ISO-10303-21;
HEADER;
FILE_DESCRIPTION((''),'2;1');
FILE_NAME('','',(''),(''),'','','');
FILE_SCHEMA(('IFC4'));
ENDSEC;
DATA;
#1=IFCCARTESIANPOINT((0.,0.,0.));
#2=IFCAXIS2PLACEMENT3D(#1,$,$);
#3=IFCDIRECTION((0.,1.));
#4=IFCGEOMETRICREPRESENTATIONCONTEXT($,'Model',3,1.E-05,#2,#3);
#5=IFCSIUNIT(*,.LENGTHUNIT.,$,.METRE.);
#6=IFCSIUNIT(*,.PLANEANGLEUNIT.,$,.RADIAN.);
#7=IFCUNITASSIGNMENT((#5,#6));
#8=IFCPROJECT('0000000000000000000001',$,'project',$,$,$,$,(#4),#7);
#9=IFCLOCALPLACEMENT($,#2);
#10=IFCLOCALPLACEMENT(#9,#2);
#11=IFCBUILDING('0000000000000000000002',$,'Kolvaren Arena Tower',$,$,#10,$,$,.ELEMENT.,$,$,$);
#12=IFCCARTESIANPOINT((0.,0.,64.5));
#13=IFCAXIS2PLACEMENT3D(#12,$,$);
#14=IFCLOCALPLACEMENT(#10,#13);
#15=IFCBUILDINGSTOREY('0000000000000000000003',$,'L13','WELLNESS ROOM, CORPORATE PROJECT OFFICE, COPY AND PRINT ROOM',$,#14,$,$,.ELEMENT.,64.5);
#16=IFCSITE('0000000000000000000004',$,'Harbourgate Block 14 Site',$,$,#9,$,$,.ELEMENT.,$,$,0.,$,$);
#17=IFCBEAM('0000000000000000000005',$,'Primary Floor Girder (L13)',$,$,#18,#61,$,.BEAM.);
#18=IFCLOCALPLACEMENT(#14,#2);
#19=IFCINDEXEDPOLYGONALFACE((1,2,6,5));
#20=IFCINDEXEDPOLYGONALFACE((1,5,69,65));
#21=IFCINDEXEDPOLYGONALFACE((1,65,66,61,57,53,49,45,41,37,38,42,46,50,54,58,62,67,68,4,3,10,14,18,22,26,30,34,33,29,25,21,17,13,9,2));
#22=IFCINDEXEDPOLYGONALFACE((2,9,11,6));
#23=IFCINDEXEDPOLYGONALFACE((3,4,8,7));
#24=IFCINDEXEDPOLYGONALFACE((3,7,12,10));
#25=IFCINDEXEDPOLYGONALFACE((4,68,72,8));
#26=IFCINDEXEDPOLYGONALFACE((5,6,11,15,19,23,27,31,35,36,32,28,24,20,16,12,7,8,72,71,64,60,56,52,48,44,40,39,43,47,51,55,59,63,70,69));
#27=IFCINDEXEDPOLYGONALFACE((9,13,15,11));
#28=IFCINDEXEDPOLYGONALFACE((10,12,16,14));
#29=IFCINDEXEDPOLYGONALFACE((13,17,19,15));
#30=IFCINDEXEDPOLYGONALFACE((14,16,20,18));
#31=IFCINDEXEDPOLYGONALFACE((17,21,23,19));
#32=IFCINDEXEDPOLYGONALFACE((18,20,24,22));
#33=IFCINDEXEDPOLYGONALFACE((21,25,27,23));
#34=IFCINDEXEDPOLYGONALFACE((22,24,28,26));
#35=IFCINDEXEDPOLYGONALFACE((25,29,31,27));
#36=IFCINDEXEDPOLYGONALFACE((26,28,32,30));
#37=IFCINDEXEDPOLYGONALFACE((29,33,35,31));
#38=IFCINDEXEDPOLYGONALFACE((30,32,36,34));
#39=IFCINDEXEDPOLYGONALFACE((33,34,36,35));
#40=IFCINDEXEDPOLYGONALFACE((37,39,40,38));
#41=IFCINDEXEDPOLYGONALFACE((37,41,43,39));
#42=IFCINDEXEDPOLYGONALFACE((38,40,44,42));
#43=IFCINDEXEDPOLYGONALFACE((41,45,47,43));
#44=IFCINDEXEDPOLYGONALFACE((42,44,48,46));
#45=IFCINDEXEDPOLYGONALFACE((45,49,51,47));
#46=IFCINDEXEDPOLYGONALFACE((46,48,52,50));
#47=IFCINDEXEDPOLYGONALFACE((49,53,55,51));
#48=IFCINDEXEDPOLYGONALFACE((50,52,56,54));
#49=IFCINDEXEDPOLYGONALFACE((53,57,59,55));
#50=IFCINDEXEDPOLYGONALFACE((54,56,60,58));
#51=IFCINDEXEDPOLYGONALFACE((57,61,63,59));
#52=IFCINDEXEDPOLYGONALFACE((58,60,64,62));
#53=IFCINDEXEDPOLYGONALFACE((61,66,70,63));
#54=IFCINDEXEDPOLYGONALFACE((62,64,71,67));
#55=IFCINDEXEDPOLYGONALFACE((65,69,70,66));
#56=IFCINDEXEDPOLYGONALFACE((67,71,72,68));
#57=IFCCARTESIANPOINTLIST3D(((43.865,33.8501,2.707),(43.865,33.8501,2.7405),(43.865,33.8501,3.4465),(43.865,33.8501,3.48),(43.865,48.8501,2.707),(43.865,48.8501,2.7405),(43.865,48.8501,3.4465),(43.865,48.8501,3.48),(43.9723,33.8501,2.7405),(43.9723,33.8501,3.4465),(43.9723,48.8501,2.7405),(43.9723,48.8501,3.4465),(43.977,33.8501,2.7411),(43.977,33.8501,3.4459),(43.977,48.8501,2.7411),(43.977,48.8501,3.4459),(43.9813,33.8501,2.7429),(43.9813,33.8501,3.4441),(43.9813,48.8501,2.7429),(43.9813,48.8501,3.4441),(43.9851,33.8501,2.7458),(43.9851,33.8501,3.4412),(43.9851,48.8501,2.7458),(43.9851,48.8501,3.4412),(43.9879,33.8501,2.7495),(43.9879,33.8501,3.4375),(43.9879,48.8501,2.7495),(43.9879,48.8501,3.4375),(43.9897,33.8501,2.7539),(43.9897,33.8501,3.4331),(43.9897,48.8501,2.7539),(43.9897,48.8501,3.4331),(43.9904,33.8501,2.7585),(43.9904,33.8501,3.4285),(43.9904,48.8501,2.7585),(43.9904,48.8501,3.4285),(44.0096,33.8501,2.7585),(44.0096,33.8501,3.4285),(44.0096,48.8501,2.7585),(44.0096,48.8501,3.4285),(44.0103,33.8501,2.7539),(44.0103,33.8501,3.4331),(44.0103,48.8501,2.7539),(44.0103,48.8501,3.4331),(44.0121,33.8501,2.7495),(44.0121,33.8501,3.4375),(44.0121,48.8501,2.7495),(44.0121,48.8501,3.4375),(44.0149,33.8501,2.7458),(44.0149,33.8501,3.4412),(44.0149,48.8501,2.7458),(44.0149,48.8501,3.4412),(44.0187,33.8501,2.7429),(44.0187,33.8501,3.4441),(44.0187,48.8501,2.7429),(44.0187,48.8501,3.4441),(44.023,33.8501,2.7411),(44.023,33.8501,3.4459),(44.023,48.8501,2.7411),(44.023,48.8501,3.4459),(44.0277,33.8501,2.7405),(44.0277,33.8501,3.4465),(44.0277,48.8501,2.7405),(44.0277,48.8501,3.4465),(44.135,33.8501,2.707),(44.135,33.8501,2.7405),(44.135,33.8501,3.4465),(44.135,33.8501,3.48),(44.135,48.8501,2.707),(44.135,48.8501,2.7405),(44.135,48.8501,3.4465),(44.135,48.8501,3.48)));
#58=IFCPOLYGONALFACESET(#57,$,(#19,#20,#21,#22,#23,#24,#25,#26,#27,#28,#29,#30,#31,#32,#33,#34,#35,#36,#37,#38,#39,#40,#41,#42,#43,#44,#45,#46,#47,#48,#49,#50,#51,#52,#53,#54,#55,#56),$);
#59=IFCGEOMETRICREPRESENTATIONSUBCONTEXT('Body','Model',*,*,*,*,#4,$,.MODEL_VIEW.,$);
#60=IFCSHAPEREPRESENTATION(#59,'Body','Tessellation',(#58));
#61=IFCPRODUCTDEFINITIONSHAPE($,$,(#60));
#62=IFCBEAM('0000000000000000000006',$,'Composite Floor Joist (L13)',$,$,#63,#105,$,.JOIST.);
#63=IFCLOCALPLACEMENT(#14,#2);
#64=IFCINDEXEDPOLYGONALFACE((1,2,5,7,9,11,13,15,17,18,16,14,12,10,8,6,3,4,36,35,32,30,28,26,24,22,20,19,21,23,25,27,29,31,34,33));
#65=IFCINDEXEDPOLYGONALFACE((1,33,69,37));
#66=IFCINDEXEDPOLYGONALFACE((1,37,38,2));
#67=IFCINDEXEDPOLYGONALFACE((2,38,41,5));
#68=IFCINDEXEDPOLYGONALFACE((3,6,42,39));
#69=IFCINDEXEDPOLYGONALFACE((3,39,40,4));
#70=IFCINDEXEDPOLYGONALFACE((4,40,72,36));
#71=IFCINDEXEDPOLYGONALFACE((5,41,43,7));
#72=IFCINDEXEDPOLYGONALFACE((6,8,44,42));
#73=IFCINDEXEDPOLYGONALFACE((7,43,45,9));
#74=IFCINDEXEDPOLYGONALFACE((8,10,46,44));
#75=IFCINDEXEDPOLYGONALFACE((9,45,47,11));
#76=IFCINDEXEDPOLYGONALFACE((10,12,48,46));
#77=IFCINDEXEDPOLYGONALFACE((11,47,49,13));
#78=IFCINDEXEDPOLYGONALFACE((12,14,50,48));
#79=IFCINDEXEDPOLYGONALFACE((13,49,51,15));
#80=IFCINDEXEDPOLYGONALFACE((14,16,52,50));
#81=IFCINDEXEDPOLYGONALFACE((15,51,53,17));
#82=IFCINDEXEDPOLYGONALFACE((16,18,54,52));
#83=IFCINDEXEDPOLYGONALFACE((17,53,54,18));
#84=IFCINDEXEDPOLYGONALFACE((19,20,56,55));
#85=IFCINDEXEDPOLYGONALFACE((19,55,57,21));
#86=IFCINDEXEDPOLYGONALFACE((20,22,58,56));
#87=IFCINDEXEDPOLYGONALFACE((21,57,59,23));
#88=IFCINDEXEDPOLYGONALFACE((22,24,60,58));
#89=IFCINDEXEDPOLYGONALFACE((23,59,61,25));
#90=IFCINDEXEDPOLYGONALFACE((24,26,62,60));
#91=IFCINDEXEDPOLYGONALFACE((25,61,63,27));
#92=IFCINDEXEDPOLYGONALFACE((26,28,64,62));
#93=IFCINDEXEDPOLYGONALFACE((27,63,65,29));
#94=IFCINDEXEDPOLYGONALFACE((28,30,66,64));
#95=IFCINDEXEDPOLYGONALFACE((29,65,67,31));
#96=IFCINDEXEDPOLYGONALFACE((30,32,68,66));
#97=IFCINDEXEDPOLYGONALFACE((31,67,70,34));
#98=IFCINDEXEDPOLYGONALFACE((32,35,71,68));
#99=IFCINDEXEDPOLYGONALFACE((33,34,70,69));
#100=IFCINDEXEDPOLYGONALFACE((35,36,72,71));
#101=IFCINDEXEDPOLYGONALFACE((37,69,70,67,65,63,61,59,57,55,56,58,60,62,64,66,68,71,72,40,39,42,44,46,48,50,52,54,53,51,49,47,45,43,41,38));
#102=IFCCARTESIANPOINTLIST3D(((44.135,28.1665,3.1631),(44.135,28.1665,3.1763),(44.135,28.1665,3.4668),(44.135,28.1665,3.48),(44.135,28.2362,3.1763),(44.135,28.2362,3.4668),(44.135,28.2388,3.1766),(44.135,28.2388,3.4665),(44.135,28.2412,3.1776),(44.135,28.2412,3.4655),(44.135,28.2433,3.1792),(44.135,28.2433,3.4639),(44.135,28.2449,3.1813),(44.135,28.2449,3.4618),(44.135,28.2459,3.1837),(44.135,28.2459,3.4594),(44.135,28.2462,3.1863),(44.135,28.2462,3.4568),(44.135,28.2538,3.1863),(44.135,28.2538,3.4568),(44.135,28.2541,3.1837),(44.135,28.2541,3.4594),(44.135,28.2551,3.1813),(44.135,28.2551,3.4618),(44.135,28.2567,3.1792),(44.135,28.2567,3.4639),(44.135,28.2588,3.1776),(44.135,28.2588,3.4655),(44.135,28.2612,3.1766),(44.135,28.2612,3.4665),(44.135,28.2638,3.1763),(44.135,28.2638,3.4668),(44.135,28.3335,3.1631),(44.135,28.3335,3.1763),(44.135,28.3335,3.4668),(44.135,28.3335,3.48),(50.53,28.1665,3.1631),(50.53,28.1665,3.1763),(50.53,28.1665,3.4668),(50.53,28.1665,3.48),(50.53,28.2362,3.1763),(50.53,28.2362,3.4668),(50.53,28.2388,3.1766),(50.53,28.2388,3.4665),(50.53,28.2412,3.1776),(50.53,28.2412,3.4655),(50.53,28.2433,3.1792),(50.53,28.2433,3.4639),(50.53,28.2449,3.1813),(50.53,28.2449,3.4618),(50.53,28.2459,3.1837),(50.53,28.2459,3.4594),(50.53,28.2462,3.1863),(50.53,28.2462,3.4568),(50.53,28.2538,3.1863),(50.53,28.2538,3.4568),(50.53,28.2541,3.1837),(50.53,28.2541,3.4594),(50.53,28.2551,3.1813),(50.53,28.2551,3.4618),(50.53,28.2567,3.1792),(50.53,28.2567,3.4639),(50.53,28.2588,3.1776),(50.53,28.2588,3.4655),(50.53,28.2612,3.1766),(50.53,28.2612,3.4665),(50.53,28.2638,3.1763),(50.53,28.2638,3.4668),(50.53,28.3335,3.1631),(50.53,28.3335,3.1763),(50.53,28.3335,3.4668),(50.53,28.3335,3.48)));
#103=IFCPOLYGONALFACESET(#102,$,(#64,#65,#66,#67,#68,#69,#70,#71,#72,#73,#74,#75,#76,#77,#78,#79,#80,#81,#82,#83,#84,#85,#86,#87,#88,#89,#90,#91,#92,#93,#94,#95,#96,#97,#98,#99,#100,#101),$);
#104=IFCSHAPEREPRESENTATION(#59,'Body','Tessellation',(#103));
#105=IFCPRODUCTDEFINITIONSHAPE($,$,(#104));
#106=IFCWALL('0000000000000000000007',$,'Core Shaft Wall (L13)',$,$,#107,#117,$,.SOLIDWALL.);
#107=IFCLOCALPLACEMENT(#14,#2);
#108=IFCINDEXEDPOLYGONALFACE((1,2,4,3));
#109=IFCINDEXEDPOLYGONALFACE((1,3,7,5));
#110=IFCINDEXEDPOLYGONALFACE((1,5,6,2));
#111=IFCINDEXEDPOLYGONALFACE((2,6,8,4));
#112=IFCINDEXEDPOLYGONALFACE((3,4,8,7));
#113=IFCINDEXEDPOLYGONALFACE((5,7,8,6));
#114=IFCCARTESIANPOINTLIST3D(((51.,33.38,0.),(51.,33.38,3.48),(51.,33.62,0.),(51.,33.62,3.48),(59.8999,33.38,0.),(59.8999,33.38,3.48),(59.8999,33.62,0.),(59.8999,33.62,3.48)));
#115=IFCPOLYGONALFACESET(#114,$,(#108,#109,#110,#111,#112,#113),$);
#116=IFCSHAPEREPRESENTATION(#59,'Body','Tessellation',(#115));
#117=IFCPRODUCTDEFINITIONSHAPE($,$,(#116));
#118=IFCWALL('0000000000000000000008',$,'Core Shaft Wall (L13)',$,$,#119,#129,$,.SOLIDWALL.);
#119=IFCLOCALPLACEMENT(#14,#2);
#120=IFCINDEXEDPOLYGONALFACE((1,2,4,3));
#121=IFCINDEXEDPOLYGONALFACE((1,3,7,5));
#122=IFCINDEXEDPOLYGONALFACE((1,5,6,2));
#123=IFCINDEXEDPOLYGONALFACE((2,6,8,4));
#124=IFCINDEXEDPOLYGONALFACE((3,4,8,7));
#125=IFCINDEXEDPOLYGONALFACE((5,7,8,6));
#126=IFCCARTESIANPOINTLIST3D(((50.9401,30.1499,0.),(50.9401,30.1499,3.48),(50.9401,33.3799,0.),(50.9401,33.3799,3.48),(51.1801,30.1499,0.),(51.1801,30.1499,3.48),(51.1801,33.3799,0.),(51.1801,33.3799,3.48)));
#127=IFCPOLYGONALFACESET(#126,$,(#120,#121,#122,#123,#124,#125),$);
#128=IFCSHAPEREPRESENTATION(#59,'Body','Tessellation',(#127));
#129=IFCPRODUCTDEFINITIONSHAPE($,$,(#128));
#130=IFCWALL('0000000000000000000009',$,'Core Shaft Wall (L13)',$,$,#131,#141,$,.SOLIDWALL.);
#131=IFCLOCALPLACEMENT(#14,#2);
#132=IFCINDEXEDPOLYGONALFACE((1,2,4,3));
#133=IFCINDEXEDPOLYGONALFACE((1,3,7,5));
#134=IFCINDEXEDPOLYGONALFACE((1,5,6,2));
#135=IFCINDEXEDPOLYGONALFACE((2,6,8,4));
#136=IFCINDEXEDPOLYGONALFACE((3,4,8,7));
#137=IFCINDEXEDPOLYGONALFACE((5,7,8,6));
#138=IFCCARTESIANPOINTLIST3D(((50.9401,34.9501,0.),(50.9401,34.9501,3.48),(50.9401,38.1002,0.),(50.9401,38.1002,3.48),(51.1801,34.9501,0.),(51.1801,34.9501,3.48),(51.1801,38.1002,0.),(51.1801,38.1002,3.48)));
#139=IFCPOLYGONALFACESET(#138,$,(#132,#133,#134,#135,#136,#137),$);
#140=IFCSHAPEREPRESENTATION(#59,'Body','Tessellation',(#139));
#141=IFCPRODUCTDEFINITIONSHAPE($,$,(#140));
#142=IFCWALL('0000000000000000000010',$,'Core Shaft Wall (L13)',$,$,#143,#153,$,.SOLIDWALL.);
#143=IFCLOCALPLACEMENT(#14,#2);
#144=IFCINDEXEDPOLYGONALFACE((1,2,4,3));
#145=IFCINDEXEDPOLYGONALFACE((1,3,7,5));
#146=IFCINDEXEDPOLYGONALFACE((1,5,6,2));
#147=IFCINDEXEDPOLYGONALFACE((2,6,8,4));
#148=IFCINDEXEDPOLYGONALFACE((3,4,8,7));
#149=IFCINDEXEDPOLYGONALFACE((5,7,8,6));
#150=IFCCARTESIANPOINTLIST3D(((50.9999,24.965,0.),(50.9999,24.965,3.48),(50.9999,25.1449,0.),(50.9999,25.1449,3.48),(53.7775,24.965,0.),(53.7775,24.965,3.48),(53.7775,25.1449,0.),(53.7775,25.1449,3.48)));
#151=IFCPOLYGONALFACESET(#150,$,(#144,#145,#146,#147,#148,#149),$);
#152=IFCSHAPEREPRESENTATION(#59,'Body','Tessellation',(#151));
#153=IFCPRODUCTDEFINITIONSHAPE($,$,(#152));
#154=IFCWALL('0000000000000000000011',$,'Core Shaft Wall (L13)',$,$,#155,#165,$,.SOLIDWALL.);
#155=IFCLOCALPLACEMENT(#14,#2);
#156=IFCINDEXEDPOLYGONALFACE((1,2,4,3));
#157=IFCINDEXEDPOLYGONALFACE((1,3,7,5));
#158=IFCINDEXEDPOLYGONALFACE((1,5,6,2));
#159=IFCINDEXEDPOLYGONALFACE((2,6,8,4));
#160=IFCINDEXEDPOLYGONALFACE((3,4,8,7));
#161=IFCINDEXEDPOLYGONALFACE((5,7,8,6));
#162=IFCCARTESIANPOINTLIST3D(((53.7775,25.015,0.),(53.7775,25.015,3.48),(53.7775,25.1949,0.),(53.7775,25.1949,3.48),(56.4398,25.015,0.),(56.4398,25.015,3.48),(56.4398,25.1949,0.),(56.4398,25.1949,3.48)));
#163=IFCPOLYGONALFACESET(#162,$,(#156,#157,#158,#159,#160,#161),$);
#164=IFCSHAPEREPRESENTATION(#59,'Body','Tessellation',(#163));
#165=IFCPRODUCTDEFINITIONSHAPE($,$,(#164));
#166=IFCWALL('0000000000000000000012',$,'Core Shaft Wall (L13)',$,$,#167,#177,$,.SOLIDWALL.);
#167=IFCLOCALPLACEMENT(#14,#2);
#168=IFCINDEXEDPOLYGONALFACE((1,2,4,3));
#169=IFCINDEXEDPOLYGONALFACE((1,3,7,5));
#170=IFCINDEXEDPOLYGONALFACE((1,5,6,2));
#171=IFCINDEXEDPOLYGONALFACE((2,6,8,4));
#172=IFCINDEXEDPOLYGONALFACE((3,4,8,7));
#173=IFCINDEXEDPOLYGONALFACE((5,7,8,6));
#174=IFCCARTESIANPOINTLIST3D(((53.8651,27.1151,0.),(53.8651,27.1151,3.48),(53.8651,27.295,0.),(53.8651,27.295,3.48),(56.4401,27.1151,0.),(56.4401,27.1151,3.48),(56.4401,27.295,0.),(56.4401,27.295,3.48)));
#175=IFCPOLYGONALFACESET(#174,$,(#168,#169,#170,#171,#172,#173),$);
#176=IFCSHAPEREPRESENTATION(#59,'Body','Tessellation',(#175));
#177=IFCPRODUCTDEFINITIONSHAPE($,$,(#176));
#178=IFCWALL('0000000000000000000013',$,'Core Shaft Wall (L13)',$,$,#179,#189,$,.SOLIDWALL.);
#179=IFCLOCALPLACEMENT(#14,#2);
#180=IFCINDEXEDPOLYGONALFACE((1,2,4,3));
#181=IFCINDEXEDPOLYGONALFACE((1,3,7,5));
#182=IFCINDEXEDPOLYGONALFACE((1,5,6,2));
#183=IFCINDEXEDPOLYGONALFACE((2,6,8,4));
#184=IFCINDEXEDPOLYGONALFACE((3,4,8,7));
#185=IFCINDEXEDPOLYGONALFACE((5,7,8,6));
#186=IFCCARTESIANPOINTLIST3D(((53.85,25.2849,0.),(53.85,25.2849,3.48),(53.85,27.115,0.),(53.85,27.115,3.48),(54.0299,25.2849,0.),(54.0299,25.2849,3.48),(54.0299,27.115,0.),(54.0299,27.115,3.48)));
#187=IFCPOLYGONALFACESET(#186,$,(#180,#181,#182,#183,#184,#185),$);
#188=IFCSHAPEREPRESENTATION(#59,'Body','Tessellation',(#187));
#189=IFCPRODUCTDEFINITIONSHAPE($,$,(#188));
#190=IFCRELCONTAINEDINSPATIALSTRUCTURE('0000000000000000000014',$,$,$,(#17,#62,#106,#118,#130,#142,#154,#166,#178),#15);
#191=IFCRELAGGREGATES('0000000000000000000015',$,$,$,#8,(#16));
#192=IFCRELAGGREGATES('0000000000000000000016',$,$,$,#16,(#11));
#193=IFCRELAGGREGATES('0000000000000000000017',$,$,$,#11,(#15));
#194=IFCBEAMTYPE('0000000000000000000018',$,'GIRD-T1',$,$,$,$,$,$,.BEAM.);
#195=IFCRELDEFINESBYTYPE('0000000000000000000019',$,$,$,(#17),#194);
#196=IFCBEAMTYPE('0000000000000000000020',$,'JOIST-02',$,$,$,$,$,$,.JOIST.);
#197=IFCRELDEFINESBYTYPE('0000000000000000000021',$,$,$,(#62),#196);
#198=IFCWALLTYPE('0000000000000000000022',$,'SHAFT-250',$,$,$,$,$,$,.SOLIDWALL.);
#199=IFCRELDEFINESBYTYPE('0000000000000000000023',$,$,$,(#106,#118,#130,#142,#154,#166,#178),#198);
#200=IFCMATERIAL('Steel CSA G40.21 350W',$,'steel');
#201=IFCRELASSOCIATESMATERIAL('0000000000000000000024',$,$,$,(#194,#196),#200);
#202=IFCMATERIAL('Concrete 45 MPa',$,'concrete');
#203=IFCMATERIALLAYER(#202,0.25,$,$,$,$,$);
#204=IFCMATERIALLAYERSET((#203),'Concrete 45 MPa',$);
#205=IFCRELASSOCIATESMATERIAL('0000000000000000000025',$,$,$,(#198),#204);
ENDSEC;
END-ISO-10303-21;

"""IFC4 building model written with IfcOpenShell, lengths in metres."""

from ifc_helpers import new_model, si_unit, direction, frame, frame_2d, origin, origin_2d, place, context, subcontext, project, spatial, rectangle, i_section, extrude, material, layer, layer_set, material_profile, profile_set, type_object, element, save


model = new_model("IFC4")

# Units and contexts
model_context = context("Model", 3, precision=1e-05, world=origin(), true_north=direction((0.0, 1.0)))
body_context = subcontext(model_context, "Body", "Model", "MODEL_VIEW")
ifc_project = project(units=[si_unit("LENGTHUNIT", "METRE"), si_unit("PLANEANGLEUNIT", "RADIAN")], contexts=[model_context])

# Site, building, storey
site_placement = place(None, origin())
site = spatial("IfcSite", under=ifc_project, at=site_placement, Name="Harbourgate Block 14 Site", CompositionType="ELEMENT", RefElevation=0.0)
building_placement = place(site_placement, origin())
building = spatial("IfcBuilding", under=site, at=building_placement, Name="Kolvaren Arena Tower", CompositionType="ELEMENT")
storey_placement = place(building_placement, frame((0.0, 0.0, 64.5)))
storey = spatial("IfcBuildingStorey", under=building, at=storey_placement, Name="L13", Description="WELLNESS ROOM, CORPORATE PROJECT OFFICE, COPY AND PRINT ROOM", CompositionType="ELEMENT", Elevation=64.5)

# Beams
ifc_material_1 = material(Name="Steel CSA G40.21 350W", Category="steel")
ifc_material_profile_1 = material_profile(ifc_material_1, i_section(OverallWidth=0.27, OverallDepth=0.7729, WebThickness=0.0193, FlangeThickness=0.0334, FilletRadius=0.0181, at=origin_2d()), Name="W760x257")
ifc_profile_set_1 = profile_set([ifc_material_profile_1], Name="Steel CSA G40.21 350W")
beam_type_1 = type_object("IfcBeamType", Name="GIRD-T1", PredefinedType="BEAM", material=ifc_profile_set_1)
beam_1_placement = place(storey_placement, frame((44.0, 33.8501, 3.0935), z_axis=(0.0, 1.0, 0.0), x_axis=(-1.0, 0.0, 0.0)))
element("IfcBeam", 1, at=beam_1_placement, inside=storey, type_object=beam_type_1, Name="Primary Floor Girder (L13)", PredefinedType="BEAM", context=body_context, shape_type="SweptSolid", body=[
    extrude(i_section(OverallWidth=0.27, OverallDepth=0.7729, WebThickness=0.0193, FlangeThickness=0.0334, FilletRadius=0.0181, at=origin_2d()), origin(), (0.0, 0.0, 1.0), 15.0),
])
ifc_material_profile_2 = material_profile(ifc_material_1, i_section(OverallWidth=0.167, OverallDepth=0.3169, WebThickness=0.0076, FlangeThickness=0.0132, FilletRadius=0.01, at=origin_2d()), Name="W310x52")
ifc_profile_set_2 = profile_set([ifc_material_profile_2], Name="Steel CSA G40.21 350W")
beam_type_2 = type_object("IfcBeamType", Name="JOIST-02", PredefinedType="JOIST", material=ifc_profile_set_2)
beam_2_placement = place(storey_placement, frame((44.135, 28.25, 3.3215), z_axis=(1.0, 0.0, 0.0), x_axis=(0.0, 1.0, 0.0)))
element("IfcBeam", 2, at=beam_2_placement, inside=storey, type_object=beam_type_2, Name="Composite Floor Joist (L13)", PredefinedType="JOIST", context=body_context, shape_type="SweptSolid", body=[
    extrude(i_section(OverallWidth=0.167, OverallDepth=0.3169, WebThickness=0.0076, FlangeThickness=0.0132, FilletRadius=0.01, at=origin_2d()), origin(), (0.0, 0.0, 1.0), 6.395),
])

# Walls
ifc_material_2 = material(Name="Concrete 45 MPa", Category="concrete")
ifc_layer = layer(ifc_material_2, 0.25)
ifc_layer_set = layer_set([ifc_layer], Name="Concrete 45 MPa")
wall_type = type_object("IfcWallType", Name="SHAFT-250", PredefinedType="SOLIDWALL", material=ifc_layer_set)
wall_1_placement = place(storey_placement, frame((51.0, 33.5, 0.0), z_axis=(0.0, 0.0, 1.0), x_axis=(1.0, 0.0, 0.0)))
element("IfcWall", 3, at=wall_1_placement, inside=storey, type_object=wall_type, Name="Core Shaft Wall (L13)", PredefinedType="SOLIDWALL", context=body_context, shape_type="SweptSolid", body=[
    extrude(rectangle(XDim=8.8999, YDim=0.24, at=frame_2d((4.45, 0.0))), origin(), (0.0, 0.0, 1.0), 3.48),
])
wall_2_placement = place(storey_placement, frame((51.0601, 30.1499, 0.0), z_axis=(0.0, 0.0, 1.0), x_axis=(0.0, 1.0, 0.0)))
element("IfcWall", 4, at=wall_2_placement, inside=storey, type_object=wall_type, Name="Core Shaft Wall (L13)", PredefinedType="SOLIDWALL", context=body_context, shape_type="SweptSolid", body=[
    extrude(rectangle(XDim=3.23, YDim=0.24, at=frame_2d((1.615, 0.0))), origin(), (0.0, 0.0, 1.0), 3.48),
])
wall_3_placement = place(storey_placement, frame((51.0601, 34.95, 0.0), z_axis=(0.0, 0.0, 1.0), x_axis=(0.0, 1.0, 0.0)))
element("IfcWall", 5, at=wall_3_placement, inside=storey, type_object=wall_type, Name="Core Shaft Wall (L13)", PredefinedType="SOLIDWALL", context=body_context, shape_type="SweptSolid", body=[
    extrude(rectangle(XDim=3.1501, YDim=0.24, at=frame_2d((1.5752, 0.0))), origin(), (0.0, 0.0, 1.0), 3.48),
])
wall_4_placement = place(storey_placement, frame((51.0, 25.0549, 0.0), z_axis=(0.0, 0.0, 1.0), x_axis=(1.0, 0.0, 0.0)))
element("IfcWall", 6, at=wall_4_placement, inside=storey, type_object=wall_type, Name="Core Shaft Wall (L13)", PredefinedType="SOLIDWALL", context=body_context, shape_type="SweptSolid", body=[
    extrude(rectangle(XDim=2.7776, YDim=0.1799, at=frame_2d((1.3887, 0.0))), origin(), (0.0, 0.0, 1.0), 3.48),
])
wall_5_placement = place(storey_placement, frame((53.7776, 25.105, 0.0), z_axis=(0.0, 0.0, 1.0), x_axis=(1.0, 0.0, 0.0)))
element("IfcWall", 7, at=wall_5_placement, inside=storey, type_object=wall_type, Name="Core Shaft Wall (L13)", PredefinedType="SOLIDWALL", context=body_context, shape_type="SweptSolid", body=[
    extrude(rectangle(XDim=2.6624, YDim=0.1799, at=frame_2d((1.3311, 0.0))), origin(), (0.0, 0.0, 1.0), 3.48),
])
wall_6_placement = place(storey_placement, frame((53.865, 27.2051, 0.0), z_axis=(0.0, 0.0, 1.0), x_axis=(1.0, 0.0, 0.0)))
element("IfcWall", 8, at=wall_6_placement, inside=storey, type_object=wall_type, Name="Core Shaft Wall (L13)", PredefinedType="SOLIDWALL", context=body_context, shape_type="SweptSolid", body=[
    extrude(rectangle(XDim=2.575, YDim=0.1799, at=frame_2d((1.2876, 0.0))), origin(), (0.0, 0.0, 1.0), 3.48),
])
wall_7_placement = place(storey_placement, frame((53.9399, 25.2849, 0.0), z_axis=(0.0, 0.0, 1.0), x_axis=(0.0, 1.0, 0.0)))
element("IfcWall", 9, at=wall_7_placement, inside=storey, type_object=wall_type, Name="Core Shaft Wall (L13)", PredefinedType="SOLIDWALL", context=body_context, shape_type="SweptSolid", body=[
    extrude(rectangle(XDim=1.8301, YDim=0.1799, at=frame_2d((0.915, 0.0))), origin(), (0.0, 0.0, 1.0), 3.48),
])

save(model, "model.ifc")
